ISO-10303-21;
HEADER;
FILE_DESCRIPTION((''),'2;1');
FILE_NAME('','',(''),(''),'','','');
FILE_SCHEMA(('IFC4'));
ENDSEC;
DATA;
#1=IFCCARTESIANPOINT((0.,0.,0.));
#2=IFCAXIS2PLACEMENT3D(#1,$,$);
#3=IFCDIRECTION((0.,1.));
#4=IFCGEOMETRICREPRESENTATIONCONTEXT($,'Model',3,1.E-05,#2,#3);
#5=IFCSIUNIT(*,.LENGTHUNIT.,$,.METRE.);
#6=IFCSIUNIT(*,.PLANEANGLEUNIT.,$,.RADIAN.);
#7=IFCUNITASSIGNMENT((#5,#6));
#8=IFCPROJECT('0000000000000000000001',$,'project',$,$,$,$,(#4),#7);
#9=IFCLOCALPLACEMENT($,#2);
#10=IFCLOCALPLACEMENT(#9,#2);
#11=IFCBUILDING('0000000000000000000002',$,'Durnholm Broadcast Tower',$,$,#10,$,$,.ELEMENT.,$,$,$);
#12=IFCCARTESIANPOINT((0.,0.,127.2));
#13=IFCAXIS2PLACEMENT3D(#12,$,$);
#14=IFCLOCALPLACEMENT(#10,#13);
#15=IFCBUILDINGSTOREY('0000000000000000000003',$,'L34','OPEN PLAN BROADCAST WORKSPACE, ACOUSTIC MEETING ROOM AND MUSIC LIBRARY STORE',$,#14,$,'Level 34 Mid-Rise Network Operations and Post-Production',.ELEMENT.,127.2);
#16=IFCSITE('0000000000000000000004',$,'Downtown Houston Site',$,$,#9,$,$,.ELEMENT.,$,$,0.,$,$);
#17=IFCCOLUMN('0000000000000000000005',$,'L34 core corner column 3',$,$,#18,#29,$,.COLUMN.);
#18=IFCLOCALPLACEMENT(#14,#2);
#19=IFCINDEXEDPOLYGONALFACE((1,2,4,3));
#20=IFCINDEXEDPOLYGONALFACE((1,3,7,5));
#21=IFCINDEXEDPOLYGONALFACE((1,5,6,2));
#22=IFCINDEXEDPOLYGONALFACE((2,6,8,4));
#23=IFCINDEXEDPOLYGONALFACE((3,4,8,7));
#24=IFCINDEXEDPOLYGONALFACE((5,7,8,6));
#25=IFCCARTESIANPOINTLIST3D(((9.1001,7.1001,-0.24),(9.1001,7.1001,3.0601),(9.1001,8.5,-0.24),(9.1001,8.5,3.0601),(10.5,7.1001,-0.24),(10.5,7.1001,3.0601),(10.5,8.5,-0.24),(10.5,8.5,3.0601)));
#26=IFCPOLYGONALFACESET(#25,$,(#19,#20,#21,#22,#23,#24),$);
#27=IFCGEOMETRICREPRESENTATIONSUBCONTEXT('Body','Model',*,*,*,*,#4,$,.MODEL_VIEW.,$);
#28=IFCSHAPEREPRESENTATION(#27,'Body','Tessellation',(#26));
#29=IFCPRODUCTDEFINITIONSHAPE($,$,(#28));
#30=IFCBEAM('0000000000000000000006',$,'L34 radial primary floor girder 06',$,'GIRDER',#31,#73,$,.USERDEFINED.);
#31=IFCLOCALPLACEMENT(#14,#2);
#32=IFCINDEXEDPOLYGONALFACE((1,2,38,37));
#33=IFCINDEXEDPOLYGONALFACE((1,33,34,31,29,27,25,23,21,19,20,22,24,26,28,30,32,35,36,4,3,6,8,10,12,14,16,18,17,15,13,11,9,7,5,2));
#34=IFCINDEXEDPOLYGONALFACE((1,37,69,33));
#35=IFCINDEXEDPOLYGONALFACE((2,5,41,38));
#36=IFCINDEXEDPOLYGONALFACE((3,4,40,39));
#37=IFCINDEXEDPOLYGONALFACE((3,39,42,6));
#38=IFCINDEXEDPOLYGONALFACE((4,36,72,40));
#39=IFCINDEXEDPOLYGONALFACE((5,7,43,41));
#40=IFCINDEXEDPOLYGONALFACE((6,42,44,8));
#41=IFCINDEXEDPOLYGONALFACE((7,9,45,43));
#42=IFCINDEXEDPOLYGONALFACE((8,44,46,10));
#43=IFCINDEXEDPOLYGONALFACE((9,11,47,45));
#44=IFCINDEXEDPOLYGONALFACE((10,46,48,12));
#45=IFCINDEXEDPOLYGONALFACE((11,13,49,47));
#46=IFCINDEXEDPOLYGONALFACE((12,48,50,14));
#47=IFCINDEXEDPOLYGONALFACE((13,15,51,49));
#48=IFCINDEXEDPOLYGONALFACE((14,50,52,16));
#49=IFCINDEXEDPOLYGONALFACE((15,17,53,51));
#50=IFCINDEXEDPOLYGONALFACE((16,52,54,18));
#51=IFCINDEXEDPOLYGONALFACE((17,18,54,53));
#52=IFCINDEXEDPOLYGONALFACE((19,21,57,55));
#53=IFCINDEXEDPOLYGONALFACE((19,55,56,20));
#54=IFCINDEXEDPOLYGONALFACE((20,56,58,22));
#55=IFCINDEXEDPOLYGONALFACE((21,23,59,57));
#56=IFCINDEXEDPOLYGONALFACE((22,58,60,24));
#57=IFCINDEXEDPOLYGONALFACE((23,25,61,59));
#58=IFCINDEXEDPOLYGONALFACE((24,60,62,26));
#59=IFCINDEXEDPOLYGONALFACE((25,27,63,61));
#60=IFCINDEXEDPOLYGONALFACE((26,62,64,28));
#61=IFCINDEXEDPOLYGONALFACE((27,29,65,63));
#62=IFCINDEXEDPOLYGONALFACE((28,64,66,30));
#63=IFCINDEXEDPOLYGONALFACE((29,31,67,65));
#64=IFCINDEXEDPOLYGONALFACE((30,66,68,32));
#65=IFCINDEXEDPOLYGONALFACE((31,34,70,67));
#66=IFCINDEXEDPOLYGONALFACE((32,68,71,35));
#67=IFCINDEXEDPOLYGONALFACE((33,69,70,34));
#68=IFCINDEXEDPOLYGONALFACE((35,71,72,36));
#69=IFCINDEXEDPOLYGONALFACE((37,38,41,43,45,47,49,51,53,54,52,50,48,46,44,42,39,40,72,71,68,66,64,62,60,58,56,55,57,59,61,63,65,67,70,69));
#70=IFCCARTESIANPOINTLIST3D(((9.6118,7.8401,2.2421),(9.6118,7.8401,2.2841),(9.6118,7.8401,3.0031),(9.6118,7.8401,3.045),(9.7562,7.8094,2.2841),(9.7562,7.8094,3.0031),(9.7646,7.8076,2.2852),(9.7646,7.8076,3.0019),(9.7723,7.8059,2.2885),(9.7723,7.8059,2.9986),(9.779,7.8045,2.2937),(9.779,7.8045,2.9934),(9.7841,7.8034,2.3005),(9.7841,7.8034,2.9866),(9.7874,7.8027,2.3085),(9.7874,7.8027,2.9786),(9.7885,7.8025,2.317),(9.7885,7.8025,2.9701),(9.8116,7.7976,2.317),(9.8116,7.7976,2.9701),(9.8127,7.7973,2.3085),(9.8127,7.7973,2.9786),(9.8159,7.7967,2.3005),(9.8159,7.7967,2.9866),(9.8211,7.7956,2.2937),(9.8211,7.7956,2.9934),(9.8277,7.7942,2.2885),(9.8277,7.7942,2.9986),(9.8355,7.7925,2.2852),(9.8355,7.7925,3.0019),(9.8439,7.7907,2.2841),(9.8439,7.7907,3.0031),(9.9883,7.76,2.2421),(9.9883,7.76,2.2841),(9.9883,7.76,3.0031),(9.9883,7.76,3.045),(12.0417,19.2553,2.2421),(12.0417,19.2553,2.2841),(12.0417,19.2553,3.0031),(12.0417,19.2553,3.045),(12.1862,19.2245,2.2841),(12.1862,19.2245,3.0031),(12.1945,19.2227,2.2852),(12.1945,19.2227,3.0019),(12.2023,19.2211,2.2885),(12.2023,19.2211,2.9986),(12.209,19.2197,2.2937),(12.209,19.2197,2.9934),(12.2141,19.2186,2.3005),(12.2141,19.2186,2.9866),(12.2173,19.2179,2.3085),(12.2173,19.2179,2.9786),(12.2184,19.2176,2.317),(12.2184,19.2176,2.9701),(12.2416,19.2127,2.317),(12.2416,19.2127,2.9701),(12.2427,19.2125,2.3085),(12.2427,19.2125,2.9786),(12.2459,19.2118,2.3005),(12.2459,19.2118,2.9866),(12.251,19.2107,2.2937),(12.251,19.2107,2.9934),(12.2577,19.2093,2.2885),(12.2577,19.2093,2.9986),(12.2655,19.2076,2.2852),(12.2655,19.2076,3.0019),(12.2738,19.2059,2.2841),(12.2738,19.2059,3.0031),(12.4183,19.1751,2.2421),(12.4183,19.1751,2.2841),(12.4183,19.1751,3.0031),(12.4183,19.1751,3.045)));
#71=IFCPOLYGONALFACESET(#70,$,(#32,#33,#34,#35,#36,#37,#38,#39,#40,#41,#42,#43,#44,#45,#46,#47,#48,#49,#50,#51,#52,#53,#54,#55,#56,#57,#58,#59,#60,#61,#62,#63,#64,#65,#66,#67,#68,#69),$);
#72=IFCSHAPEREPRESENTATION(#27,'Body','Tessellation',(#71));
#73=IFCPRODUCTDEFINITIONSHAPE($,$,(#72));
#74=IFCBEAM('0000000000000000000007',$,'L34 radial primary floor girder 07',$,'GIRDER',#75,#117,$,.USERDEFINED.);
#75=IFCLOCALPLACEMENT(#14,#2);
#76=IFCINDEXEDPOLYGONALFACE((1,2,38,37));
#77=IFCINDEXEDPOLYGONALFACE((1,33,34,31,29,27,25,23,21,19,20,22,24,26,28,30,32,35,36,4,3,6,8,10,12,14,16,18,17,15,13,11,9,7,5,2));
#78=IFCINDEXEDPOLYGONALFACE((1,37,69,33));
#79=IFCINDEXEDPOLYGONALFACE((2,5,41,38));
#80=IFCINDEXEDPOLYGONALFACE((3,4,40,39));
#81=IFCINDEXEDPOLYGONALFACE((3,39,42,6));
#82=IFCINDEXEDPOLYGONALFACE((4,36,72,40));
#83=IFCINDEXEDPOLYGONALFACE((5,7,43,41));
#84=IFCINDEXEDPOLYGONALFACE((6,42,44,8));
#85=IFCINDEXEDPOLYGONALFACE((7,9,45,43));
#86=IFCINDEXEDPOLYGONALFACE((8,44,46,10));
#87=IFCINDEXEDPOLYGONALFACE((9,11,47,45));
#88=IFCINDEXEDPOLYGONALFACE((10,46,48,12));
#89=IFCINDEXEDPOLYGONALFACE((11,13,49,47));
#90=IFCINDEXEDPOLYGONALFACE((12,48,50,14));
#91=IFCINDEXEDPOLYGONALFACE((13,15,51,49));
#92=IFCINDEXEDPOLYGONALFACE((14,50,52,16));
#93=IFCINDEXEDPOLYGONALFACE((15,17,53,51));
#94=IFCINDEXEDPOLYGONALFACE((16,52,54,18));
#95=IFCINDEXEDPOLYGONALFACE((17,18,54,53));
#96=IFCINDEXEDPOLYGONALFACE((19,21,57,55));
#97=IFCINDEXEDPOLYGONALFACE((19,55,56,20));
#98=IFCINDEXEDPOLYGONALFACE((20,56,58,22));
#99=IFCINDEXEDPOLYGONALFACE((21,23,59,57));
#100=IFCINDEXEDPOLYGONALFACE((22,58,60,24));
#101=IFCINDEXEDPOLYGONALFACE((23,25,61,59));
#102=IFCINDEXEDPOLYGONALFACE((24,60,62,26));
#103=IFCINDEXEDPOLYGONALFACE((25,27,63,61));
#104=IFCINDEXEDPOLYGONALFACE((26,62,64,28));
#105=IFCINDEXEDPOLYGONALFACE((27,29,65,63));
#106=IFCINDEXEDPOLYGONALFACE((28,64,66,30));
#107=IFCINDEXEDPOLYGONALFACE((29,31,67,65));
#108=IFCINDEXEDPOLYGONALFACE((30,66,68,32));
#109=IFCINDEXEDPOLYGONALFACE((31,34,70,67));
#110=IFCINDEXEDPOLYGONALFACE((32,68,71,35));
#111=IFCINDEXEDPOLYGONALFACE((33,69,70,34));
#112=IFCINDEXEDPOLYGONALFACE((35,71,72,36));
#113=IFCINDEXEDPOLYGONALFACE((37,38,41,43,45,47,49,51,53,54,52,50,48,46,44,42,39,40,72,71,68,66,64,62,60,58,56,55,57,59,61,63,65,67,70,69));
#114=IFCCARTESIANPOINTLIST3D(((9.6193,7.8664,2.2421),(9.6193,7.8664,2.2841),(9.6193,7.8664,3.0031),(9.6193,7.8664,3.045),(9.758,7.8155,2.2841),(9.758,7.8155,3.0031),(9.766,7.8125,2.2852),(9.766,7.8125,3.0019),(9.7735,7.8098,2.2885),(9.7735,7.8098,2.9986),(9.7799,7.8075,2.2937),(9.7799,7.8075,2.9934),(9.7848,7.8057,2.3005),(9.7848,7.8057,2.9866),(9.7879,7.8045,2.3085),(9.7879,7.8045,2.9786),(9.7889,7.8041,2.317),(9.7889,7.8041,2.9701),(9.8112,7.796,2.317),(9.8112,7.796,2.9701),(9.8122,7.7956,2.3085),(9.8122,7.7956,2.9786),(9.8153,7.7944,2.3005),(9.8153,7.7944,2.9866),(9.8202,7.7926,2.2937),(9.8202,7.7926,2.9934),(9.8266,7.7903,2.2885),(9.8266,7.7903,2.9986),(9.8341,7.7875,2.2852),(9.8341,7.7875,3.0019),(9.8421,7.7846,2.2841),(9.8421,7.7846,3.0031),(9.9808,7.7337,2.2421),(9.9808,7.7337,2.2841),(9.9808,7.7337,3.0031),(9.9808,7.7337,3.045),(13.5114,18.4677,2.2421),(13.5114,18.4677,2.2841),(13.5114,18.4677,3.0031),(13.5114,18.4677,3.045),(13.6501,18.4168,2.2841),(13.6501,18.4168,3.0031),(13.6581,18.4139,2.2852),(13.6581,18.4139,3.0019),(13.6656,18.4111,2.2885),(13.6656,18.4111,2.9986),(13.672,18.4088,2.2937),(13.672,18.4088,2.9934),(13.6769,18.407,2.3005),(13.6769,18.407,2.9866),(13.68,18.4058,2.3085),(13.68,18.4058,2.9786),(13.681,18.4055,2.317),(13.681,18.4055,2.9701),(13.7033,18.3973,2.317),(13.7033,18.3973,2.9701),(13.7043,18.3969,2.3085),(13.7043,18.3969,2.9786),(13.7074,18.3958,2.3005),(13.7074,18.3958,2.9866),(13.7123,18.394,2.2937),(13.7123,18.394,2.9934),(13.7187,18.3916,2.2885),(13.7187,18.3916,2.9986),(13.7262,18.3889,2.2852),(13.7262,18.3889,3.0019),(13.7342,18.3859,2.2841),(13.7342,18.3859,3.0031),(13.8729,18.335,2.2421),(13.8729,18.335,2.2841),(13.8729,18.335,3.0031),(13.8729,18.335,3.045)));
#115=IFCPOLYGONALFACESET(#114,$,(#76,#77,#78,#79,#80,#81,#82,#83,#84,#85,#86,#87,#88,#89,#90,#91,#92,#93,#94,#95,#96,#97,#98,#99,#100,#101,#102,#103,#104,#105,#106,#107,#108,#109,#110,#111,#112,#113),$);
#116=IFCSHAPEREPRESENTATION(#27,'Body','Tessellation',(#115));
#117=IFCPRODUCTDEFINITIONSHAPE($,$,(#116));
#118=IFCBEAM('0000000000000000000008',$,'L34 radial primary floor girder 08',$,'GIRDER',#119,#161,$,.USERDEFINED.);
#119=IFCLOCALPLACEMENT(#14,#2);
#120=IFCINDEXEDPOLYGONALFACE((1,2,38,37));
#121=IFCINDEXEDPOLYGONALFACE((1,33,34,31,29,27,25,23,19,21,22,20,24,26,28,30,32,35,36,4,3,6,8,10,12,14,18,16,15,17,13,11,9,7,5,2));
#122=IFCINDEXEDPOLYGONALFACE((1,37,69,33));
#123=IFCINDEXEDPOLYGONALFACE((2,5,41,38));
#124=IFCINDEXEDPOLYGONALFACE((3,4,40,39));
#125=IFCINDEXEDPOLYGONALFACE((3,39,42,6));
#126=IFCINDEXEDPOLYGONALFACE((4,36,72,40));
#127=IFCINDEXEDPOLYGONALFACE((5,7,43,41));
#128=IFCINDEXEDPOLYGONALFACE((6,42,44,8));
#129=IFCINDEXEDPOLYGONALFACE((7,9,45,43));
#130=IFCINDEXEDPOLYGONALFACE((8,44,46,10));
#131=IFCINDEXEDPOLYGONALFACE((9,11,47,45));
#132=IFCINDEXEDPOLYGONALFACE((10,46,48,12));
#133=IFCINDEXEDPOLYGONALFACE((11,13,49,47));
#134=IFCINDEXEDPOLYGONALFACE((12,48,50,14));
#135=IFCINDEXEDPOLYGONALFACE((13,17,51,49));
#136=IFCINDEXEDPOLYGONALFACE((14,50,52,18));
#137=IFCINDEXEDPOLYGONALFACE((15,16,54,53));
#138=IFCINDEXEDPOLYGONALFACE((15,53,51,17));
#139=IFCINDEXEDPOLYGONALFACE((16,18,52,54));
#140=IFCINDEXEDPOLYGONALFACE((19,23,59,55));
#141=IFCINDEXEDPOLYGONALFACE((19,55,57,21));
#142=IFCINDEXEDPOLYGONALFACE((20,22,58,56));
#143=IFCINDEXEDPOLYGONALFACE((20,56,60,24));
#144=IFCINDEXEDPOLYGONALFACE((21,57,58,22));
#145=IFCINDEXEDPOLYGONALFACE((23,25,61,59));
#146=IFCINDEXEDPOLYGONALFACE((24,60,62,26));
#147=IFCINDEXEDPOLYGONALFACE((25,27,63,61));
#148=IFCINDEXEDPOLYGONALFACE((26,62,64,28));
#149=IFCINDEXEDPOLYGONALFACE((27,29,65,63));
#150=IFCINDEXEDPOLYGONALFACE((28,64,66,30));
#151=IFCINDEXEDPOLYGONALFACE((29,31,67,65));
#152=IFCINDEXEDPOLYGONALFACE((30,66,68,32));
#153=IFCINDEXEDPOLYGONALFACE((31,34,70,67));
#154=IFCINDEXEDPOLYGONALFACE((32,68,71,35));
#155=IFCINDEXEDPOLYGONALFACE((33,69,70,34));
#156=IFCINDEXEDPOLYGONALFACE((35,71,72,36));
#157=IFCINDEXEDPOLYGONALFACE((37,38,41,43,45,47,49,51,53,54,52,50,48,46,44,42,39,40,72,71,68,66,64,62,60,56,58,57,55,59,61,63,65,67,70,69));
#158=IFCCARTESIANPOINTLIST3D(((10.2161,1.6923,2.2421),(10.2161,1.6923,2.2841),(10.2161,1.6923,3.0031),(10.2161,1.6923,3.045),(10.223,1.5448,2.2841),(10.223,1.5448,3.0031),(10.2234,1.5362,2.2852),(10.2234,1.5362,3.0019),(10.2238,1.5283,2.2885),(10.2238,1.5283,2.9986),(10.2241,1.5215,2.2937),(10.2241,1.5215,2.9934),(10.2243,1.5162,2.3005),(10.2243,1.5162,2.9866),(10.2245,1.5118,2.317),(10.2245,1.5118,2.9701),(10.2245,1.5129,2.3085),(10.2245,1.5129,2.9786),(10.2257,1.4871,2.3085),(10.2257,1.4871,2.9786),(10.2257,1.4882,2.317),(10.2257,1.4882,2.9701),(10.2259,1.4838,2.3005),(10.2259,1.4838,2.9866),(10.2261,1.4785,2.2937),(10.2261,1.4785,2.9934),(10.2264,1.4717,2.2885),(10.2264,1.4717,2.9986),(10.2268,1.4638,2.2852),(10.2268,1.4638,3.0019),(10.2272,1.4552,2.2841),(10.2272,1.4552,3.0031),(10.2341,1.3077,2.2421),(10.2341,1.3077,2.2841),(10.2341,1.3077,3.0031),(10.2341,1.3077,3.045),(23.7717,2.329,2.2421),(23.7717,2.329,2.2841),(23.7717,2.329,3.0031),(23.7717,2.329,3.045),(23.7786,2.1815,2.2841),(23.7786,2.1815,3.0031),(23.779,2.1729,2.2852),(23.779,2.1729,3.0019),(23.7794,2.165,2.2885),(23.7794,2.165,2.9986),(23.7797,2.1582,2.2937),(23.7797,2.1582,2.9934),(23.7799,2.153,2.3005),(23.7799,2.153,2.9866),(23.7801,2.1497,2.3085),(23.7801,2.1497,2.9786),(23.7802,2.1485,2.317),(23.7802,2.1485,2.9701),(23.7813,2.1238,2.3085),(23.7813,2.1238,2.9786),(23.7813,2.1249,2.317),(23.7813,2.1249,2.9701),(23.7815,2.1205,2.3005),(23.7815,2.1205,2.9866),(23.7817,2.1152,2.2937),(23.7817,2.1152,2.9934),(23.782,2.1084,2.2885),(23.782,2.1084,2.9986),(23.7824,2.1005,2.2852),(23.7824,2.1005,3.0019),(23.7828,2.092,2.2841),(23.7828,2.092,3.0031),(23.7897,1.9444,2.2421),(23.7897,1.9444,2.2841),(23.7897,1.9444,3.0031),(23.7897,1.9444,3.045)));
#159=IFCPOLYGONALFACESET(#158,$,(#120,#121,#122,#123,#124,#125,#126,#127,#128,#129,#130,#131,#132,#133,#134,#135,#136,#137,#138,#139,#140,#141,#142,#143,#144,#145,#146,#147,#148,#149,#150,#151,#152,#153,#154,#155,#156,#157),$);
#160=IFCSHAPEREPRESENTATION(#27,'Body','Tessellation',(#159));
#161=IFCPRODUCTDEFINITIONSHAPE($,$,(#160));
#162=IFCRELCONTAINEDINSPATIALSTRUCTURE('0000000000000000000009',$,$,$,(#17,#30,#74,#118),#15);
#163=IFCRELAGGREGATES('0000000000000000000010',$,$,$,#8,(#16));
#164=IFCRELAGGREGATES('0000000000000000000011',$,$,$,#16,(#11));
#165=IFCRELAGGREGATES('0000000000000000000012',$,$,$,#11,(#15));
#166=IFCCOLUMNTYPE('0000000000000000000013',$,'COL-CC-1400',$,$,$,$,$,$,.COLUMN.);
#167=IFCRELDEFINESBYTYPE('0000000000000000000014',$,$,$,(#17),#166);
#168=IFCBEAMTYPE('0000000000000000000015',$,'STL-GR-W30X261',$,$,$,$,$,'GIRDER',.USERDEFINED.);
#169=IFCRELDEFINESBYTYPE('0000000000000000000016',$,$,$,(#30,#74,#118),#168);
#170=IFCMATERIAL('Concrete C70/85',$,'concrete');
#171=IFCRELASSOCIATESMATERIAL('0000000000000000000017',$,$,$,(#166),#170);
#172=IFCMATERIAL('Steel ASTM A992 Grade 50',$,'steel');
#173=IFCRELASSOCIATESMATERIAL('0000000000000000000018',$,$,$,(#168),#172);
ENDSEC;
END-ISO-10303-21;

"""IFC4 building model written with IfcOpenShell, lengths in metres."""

from ifc_helpers import new_model, si_unit, direction, frame, origin, origin_2d, place, context, subcontext, project, spatial, rectangle, i_section, extrude, source, transform, mapped, material, material_profile, profile_set, type_object, type_shapes, element, save


model = new_model("IFC4")

# Units and contexts
model_context = context("Model", 3, precision=1e-05, world=origin(), true_north=direction((0.0, 1.0)))
body_context = subcontext(model_context, "Body", "Model", "MODEL_VIEW")
ifc_project = project(units=[si_unit("LENGTHUNIT", "METRE"), si_unit("PLANEANGLEUNIT", "RADIAN")], contexts=[model_context])

# Site, building, storey
site_placement = place(None, origin())
site = spatial("IfcSite", under=ifc_project, at=site_placement, Name="Downtown Houston Site", CompositionType="ELEMENT", RefElevation=0.0)
building_placement = place(site_placement, origin())
building = spatial("IfcBuilding", under=site, at=building_placement, Name="Durnholm Broadcast Tower", CompositionType="ELEMENT")
storey_placement = place(building_placement, frame((0.0, 0.0, 127.2)))
storey = spatial("IfcBuildingStorey", under=building, at=storey_placement, Name="L34", Description="OPEN PLAN BROADCAST WORKSPACE, ACOUSTIC MEETING ROOM AND MUSIC LIBRARY STORE", LongName="Level 34 Mid-Rise Network Operations and Post-Production", CompositionType="ELEMENT", Elevation=127.2)

# Column
ifc_material_1 = material(Name="Concrete C70/85", Category="concrete")
ifc_material_profile_1 = material_profile(ifc_material_1, rectangle(XDim=1.3999, YDim=1.3999, at=origin_2d()), Name="RC1400X1400")
ifc_profile_set_1 = profile_set([ifc_material_profile_1], Name="Concrete C70/85")
column_type = type_object("IfcColumnType", Name="COL-CC-1400", PredefinedType="COLUMN", material=ifc_profile_set_1)
shared_shape_1 = source(origin(), body_context, "Body", "SweptSolid", [
    extrude(rectangle(XDim=1.3999, YDim=1.3999, at=origin_2d()), origin(), (0.0, 0.0, 1.0), 3.3),
])
type_shapes(column_type, [shared_shape_1])
column_placement = place(storey_placement, frame((9.8, 7.8, -0.24), z_axis=(0.0, 0.0, 1.0), x_axis=(1.0, 0.0, 0.0)))
element("IfcColumn", 1, at=column_placement, inside=storey, type_object=column_type, Name="L34 core corner column 3", PredefinedType="COLUMN", context=body_context, shape_type="MappedRepresentation", body=[
    mapped(shared_shape_1, transform((0.0, 0.0, 0.0), x_axis=(1.0, 0.0, 0.0), y_axis=(0.0, 1.0, 0.0), z_axis=(0.0, 0.0, 1.0), scale=1.0)),
])

# Beams
ifc_material_2 = material(Name="Steel ASTM A992 Grade 50", Category="steel")
ifc_material_profile_2 = material_profile(ifc_material_2, i_section(OverallWidth=0.385, OverallDepth=0.803, WebThickness=0.0237, FlangeThickness=0.042, FilletRadius=0.033, at=origin_2d()), Name="W30X261")
ifc_profile_set_2 = profile_set([ifc_material_profile_2], Name="Steel ASTM A992 Grade 50")
beam_type_1 = type_object("IfcBeamType", Name="STL-GR-W30X261", ElementType="GIRDER", PredefinedType="USERDEFINED", material=ifc_profile_set_2)
shared_shape_2 = source(origin(), body_context, "Body", "SweptSolid", [
    extrude(i_section(OverallWidth=0.385, OverallDepth=0.803, WebThickness=0.0237, FlangeThickness=0.042, FilletRadius=0.033, at=origin_2d()), origin(), (0.0, 0.0, 1.0), 11.6709),
])
beam_1_placement = place(storey_placement, frame((9.8, 7.8, 2.6436), z_axis=(0.208206, 0.978085, 0.0), x_axis=(-0.978085, 0.208206, 0.0)))
element("IfcBeam", 2, at=beam_1_placement, inside=storey, type_object=beam_type_1, Name="L34 radial primary floor girder 06", ObjectType="GIRDER", PredefinedType="USERDEFINED", context=body_context, shape_type="MappedRepresentation", body=[
    mapped(shared_shape_2, transform((0.0, 0.0, 0.0), x_axis=(1.0, 0.0, 0.0), y_axis=(0.0, 1.0, 0.0), z_axis=(0.0, 0.0, 1.0), scale=1.0)),
])
shared_shape_3 = source(origin(), body_context, "Body", "SweptSolid", [
    extrude(i_section(OverallWidth=0.385, OverallDepth=0.803, WebThickness=0.0237, FlangeThickness=0.042, FilletRadius=0.033, at=origin_2d()), origin(), (0.0, 0.0, 1.0), 11.2932),
])
beam_2_placement = place(storey_placement, frame((9.8, 7.8, 2.6436), z_axis=(0.34464, 0.938735, 0.0), x_axis=(-0.938735, 0.34464, 0.0)))
element("IfcBeam", 3, at=beam_2_placement, inside=storey, type_object=beam_type_1, Name="L34 radial primary floor girder 07", ObjectType="GIRDER", PredefinedType="USERDEFINED", context=body_context, shape_type="MappedRepresentation", body=[
    mapped(shared_shape_3, transform((0.0, 0.0, 0.0), x_axis=(1.0, 0.0, 0.0), y_axis=(0.0, 1.0, 0.0), z_axis=(0.0, 0.0, 1.0), scale=1.0)),
])
shared_shape_4 = source(origin(), body_context, "Body", "SweptSolid", [
    extrude(i_section(OverallWidth=0.385, OverallDepth=0.803, WebThickness=0.0237, FlangeThickness=0.042, FilletRadius=0.033, at=origin_2d()), origin(), (0.0, 0.0, 1.0), 13.5706),
])
beam_3_placement = place(storey_placement, frame((10.2251, 1.5, 2.6436), z_axis=(0.998899, 0.046919, 0.0), x_axis=(-0.046919, 0.998899, 0.0)))
element("IfcBeam", 4, at=beam_3_placement, inside=storey, type_object=beam_type_1, Name="L34 radial primary floor girder 08", ObjectType="GIRDER", PredefinedType="USERDEFINED", context=body_context, shape_type="MappedRepresentation", body=[
    mapped(shared_shape_4, transform((0.0, 0.0, 0.0), x_axis=(1.0, 0.0, 0.0), y_axis=(0.0, 1.0, 0.0), z_axis=(0.0, 0.0, 1.0), scale=1.0)),
])

save(model, "model.ifc")
